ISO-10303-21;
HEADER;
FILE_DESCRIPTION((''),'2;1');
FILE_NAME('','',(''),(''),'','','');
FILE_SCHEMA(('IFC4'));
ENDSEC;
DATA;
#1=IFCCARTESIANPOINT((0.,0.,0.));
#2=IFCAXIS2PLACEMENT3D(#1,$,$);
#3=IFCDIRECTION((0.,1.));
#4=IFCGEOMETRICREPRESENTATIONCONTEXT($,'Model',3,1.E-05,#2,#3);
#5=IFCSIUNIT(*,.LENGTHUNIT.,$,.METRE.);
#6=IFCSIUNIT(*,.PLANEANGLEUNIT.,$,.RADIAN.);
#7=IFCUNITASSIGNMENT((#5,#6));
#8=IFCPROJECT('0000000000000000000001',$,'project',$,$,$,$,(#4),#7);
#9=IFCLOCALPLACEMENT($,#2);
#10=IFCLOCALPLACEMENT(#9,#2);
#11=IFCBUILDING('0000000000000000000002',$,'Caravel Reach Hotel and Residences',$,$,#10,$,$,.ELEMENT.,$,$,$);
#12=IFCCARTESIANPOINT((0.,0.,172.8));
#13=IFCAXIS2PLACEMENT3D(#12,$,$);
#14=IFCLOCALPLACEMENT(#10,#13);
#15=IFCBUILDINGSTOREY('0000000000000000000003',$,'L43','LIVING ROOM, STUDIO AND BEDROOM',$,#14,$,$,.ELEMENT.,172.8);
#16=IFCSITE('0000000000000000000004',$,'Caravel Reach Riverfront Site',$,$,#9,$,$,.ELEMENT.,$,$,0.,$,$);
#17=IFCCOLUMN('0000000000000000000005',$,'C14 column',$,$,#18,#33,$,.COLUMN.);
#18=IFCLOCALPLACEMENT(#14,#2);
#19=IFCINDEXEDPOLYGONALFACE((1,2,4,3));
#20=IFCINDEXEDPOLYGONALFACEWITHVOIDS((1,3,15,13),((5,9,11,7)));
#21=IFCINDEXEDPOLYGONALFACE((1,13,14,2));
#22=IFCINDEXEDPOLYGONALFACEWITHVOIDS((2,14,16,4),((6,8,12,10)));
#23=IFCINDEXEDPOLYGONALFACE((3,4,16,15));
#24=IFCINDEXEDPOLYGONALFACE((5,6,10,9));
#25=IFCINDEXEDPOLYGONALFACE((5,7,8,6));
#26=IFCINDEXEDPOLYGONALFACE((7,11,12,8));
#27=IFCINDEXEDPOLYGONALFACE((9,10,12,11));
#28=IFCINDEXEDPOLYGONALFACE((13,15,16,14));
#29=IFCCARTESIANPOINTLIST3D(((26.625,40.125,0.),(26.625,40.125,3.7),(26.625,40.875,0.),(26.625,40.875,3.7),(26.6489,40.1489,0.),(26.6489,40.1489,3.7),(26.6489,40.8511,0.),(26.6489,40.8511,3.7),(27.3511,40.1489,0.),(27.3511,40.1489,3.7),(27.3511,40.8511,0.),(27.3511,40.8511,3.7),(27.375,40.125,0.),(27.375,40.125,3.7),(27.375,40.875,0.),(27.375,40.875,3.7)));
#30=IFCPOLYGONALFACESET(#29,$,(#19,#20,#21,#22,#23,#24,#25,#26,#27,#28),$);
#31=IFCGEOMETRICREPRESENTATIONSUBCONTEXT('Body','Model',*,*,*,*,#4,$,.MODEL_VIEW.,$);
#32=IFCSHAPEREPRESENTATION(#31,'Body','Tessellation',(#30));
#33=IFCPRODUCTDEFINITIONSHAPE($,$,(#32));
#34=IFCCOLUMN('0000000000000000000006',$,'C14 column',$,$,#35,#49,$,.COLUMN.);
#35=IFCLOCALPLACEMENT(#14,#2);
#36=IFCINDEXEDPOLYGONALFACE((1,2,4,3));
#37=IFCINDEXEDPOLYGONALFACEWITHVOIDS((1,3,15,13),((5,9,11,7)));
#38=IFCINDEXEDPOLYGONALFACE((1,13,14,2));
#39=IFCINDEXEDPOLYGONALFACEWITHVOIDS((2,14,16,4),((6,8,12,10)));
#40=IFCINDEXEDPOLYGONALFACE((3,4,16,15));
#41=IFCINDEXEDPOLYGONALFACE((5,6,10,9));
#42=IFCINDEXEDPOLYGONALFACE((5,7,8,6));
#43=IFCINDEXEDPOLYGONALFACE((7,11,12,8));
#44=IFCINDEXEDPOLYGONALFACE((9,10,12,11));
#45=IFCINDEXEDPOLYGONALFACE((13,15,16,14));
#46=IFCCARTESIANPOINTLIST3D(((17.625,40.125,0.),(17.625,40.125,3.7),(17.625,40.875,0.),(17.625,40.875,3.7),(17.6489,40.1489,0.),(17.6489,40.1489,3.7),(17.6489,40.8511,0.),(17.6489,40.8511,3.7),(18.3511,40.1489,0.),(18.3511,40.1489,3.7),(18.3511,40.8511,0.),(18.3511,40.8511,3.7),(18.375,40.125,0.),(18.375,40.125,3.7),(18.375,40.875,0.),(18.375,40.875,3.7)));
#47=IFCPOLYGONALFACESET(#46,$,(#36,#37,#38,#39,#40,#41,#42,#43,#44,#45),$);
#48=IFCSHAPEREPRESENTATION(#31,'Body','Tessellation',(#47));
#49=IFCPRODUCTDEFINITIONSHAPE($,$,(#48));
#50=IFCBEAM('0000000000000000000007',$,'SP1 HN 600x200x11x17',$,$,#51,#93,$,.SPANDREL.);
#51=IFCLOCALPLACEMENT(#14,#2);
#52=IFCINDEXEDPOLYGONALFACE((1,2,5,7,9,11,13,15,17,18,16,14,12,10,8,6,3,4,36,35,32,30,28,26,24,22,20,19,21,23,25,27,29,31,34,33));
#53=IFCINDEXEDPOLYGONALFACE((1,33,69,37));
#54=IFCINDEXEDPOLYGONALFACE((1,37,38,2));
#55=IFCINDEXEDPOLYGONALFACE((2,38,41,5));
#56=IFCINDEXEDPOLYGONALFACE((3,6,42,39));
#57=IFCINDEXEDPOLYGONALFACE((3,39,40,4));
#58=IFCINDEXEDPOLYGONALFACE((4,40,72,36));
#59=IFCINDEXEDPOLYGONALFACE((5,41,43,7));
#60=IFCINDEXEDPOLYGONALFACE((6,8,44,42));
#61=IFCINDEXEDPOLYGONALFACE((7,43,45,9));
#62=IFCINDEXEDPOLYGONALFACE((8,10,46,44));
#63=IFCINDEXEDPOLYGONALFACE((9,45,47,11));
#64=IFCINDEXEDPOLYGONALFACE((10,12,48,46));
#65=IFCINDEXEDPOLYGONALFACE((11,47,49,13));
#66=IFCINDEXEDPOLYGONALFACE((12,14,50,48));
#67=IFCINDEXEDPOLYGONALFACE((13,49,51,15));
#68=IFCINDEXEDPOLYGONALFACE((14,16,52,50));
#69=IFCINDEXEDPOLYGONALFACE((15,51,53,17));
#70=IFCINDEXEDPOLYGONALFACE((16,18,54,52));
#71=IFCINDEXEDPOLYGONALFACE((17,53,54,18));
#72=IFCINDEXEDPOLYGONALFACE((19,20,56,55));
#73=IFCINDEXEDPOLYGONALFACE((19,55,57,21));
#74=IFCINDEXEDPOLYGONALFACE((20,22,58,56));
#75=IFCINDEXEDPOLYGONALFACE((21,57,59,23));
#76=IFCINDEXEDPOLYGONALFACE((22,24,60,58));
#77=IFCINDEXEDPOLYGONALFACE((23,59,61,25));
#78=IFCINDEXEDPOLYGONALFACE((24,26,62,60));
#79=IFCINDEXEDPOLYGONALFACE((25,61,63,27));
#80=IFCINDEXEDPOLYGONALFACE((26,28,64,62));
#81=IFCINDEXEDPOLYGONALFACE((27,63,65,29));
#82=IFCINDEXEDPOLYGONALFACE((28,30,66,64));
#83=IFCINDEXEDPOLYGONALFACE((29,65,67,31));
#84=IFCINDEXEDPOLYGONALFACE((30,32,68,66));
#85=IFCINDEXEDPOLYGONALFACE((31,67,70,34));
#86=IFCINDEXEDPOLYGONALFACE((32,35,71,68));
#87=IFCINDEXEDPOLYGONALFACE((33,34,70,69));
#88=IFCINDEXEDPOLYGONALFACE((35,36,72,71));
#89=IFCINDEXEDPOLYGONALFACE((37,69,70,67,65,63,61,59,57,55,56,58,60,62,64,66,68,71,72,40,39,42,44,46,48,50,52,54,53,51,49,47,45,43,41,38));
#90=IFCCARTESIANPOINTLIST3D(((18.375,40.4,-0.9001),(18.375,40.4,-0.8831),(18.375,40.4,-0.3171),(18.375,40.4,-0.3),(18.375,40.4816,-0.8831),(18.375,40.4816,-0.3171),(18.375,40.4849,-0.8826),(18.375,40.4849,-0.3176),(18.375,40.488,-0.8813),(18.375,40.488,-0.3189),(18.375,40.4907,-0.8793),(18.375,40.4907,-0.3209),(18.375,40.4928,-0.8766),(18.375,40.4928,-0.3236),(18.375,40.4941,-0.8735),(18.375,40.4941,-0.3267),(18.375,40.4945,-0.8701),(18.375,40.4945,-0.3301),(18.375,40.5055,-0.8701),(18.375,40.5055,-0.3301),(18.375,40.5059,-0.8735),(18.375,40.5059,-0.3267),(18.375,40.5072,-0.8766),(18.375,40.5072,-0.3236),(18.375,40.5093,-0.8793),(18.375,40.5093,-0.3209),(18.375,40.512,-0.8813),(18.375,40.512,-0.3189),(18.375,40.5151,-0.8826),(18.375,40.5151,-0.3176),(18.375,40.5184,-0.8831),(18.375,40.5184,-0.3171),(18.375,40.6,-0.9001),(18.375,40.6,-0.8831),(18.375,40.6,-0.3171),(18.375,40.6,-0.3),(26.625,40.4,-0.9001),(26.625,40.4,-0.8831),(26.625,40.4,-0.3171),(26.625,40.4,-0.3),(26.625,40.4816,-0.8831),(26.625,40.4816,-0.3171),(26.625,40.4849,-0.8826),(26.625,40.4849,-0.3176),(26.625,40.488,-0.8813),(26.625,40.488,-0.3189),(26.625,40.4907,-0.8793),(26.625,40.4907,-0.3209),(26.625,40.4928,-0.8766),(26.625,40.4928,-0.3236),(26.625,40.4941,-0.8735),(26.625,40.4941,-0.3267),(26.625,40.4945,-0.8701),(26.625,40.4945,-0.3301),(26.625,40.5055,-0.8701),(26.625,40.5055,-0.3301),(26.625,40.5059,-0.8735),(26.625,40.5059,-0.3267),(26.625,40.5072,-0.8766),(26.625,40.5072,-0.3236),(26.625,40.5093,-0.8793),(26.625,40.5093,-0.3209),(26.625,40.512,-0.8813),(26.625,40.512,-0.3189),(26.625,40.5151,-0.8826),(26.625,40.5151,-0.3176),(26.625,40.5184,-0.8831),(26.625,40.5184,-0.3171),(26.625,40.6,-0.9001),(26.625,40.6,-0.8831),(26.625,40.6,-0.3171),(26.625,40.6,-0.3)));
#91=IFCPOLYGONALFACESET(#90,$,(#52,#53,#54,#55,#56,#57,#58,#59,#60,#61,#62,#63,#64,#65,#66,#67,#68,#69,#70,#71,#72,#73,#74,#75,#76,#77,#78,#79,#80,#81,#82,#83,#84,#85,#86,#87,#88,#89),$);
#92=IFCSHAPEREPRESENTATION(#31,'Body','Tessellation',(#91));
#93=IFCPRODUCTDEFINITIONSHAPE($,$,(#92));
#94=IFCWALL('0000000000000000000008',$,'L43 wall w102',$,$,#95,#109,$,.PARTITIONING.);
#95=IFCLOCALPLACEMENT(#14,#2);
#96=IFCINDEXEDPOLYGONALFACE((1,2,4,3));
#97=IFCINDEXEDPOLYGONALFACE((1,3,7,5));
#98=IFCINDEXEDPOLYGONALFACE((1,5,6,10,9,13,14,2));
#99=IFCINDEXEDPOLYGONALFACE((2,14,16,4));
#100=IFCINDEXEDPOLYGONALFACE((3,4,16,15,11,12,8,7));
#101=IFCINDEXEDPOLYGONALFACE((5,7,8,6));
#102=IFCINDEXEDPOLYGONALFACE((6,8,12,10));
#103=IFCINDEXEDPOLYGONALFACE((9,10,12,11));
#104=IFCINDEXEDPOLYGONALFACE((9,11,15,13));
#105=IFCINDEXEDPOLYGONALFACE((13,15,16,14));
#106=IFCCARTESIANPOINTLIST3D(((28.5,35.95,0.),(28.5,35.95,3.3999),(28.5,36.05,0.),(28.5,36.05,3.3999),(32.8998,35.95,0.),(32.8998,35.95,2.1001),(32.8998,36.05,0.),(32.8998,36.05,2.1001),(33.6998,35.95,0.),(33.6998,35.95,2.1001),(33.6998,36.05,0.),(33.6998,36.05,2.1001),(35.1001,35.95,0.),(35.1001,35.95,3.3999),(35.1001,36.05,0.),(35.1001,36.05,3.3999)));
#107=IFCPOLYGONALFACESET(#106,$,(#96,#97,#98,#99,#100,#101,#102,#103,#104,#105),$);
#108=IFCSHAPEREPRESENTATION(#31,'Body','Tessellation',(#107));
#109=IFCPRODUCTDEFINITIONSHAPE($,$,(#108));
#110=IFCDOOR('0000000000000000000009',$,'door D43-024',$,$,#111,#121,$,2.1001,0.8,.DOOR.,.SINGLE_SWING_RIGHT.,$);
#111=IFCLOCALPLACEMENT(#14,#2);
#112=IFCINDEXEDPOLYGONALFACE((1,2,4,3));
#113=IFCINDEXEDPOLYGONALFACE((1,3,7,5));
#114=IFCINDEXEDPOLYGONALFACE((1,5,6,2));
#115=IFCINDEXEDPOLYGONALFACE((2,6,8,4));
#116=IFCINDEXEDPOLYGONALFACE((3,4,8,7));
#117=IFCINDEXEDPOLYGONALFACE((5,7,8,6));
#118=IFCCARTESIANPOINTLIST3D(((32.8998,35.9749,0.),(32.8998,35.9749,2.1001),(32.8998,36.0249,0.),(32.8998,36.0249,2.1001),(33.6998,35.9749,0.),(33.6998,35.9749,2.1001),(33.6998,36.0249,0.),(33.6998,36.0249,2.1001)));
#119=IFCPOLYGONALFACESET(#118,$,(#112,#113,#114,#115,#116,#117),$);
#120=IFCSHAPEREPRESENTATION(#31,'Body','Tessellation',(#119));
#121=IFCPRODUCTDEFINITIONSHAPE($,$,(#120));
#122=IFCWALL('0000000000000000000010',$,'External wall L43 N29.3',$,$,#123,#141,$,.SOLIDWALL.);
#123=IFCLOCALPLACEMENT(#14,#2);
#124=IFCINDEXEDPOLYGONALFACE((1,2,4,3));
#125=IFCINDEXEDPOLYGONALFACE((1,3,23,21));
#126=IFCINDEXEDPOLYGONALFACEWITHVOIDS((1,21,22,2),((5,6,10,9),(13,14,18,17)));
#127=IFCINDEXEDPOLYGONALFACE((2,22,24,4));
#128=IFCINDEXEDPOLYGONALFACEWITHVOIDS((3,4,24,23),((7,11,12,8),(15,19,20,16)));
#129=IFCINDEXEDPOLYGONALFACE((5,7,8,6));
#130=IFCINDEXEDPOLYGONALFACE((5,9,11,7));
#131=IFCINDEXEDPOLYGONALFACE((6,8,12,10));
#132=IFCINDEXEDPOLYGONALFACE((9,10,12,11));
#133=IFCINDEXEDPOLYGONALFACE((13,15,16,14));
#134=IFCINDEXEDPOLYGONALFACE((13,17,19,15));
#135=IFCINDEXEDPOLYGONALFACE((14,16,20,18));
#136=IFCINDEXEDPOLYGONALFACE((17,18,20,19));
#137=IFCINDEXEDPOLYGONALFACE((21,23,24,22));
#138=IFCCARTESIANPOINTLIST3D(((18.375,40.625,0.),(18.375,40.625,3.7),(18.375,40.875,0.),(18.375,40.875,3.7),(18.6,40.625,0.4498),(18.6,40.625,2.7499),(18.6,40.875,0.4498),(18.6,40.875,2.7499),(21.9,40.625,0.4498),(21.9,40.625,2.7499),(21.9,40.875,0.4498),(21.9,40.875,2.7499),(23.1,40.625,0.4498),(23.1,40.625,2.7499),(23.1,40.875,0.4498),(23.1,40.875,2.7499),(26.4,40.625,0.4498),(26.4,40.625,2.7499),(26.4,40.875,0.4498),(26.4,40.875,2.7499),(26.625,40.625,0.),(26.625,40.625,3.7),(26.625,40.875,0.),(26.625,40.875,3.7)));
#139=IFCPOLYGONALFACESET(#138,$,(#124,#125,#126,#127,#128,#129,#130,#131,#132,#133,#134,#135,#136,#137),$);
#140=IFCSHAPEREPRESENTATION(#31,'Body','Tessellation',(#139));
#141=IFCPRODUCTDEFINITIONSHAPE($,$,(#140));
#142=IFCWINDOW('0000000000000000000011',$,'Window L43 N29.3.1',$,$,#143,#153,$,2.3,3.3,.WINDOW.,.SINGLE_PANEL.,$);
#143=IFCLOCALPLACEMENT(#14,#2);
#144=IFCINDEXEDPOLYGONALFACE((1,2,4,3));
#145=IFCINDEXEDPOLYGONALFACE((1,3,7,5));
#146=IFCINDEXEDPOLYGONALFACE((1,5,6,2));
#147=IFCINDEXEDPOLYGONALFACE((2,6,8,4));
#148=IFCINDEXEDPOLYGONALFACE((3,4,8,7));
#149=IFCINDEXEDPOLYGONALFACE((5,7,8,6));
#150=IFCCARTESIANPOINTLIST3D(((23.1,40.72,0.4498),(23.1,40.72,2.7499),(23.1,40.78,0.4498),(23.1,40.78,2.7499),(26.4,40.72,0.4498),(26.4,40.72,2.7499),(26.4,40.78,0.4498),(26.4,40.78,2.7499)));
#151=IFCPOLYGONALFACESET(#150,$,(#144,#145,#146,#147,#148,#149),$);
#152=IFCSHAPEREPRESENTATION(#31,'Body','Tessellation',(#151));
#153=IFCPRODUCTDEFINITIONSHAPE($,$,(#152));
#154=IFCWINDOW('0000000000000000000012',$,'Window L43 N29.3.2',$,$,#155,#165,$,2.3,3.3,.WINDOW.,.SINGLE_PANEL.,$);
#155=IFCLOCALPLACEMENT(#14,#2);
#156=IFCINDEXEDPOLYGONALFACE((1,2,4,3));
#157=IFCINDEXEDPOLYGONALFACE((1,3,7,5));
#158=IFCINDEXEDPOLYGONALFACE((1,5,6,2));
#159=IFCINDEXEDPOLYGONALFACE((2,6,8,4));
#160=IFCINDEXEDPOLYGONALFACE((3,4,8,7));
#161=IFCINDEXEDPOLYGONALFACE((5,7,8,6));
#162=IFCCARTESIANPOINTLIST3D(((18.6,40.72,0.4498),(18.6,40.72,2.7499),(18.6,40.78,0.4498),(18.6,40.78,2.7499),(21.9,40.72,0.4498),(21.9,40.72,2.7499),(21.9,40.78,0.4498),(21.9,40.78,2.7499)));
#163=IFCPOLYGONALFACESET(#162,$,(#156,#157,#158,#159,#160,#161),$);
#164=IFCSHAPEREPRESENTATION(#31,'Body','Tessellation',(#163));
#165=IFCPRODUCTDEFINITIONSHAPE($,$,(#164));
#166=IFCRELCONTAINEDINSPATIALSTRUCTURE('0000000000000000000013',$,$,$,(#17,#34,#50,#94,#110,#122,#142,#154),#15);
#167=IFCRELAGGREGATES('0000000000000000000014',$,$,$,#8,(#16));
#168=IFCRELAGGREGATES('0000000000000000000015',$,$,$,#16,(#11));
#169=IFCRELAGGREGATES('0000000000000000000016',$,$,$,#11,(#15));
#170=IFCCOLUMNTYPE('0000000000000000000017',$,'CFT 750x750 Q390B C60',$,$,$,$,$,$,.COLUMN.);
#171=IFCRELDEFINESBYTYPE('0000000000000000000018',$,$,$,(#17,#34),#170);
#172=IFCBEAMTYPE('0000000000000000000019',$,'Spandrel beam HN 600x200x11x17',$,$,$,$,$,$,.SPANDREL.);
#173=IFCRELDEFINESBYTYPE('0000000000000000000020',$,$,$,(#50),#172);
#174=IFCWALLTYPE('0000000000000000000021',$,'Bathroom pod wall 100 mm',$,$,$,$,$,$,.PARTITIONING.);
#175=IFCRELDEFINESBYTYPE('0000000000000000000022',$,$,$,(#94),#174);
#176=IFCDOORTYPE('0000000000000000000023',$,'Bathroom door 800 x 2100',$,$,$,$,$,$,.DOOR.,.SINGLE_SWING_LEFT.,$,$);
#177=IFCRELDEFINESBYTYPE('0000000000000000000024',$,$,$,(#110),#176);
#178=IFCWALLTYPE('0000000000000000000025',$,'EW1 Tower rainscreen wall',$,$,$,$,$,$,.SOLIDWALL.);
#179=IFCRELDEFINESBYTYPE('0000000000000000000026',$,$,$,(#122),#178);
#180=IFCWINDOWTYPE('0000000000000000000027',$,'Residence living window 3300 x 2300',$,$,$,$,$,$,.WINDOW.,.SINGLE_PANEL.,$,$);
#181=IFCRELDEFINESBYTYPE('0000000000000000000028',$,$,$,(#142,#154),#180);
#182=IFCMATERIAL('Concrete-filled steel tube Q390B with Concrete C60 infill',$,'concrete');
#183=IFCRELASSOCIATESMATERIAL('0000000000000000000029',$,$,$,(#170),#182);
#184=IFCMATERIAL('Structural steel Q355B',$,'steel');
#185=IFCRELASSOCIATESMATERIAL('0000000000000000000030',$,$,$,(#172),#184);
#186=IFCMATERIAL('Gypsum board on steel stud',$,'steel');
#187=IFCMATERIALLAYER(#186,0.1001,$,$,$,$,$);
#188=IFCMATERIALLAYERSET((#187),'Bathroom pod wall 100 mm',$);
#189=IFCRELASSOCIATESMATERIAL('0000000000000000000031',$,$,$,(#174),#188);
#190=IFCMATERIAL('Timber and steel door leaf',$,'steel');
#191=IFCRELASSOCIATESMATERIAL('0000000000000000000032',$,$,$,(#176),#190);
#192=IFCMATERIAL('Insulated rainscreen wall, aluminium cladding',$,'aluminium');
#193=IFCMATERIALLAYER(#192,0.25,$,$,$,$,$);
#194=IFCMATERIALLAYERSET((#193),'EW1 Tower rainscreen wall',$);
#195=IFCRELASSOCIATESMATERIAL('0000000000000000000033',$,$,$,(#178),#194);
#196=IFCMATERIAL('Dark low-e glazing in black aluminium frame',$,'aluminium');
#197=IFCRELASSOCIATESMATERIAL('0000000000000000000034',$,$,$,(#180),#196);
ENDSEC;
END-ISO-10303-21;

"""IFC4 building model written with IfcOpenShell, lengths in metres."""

from ifc_helpers import new_model, si_unit, direction, frame, frame_2d, origin, origin_2d, place, context, subcontext, project, spatial, rectangle, hollow_rectangle, i_section, extrude, material, layer, layer_set, material_profile, profile_set, type_object, element, fill, save


model = new_model("IFC4")

# Units and contexts
model_context = context("Model", 3, precision=1e-05, world=origin(), true_north=direction((0.0, 1.0)))
body_context = subcontext(model_context, "Body", "Model", "MODEL_VIEW")
ifc_project = project(units=[si_unit("LENGTHUNIT", "METRE"), si_unit("PLANEANGLEUNIT", "RADIAN")], contexts=[model_context])

# Site, building, storey
site_placement = place(None, origin())
site = spatial("IfcSite", under=ifc_project, at=site_placement, Name="Caravel Reach Riverfront Site", CompositionType="ELEMENT", RefElevation=0.0)
building_placement = place(site_placement, origin())
building = spatial("IfcBuilding", under=site, at=building_placement, Name="Caravel Reach Hotel and Residences", CompositionType="ELEMENT")
storey_placement = place(building_placement, frame((0.0, 0.0, 172.8)))
storey = spatial("IfcBuildingStorey", under=building, at=storey_placement, Name="L43", Description="LIVING ROOM, STUDIO AND BEDROOM", CompositionType="ELEMENT", Elevation=172.8)

# Columns
ifc_material_1 = material(Name="Concrete-filled steel tube Q390B with Concrete C60 infill", Category="concrete")
ifc_material_profile_1 = material_profile(ifc_material_1, hollow_rectangle(XDim=0.75, YDim=0.75, WallThickness=0.0239, at=origin_2d()), Name="RHS 750x750x24")
ifc_profile_set_1 = profile_set([ifc_material_profile_1], Name="Concrete-filled steel tube Q390B with Concrete C60 infill")
column_type = type_object("IfcColumnType", Name="CFT 750x750 Q390B C60", PredefinedType="COLUMN", material=ifc_profile_set_1)
for number, where, z_axis, x_axis, name in (
    (1, (27.0, 40.5, 0.0), (0.0, 0.0, 1.0), (1.0, 0.0, 0.0), "C14 column"),
    (2, (18.0, 40.5, 0.0), (0.0, 0.0, 1.0), (1.0, 0.0, 0.0), "C14 column"),
):
    element("IfcColumn", number, at=place(storey_placement, frame(where, z_axis=z_axis, x_axis=x_axis)), inside=storey, type_object=column_type, Name=name, PredefinedType="COLUMN", context=body_context, shape_type="SweptSolid", body=[
        extrude(hollow_rectangle(XDim=0.75, YDim=0.75, WallThickness=0.0239, at=origin_2d()), origin(), (0.0, 0.0, 1.0), 3.7),
    ])

# Beam
ifc_material_2 = material(Name="Structural steel Q355B", Category="steel")
ifc_material_profile_2 = material_profile(ifc_material_2, i_section(OverallWidth=0.2, OverallDepth=0.6001, WebThickness=0.011, FlangeThickness=0.0171, FilletRadius=0.0129, at=origin_2d()), Name="HN 600x200x11x17")
ifc_profile_set_2 = profile_set([ifc_material_profile_2], Name="Structural steel Q355B")
beam_type = type_object("IfcBeamType", Name="Spandrel beam HN 600x200x11x17", PredefinedType="SPANDREL", material=ifc_profile_set_2)
beam_placement = place(storey_placement, frame((26.625, 40.5, -0.6001), z_axis=(-1.0, 0.0, 0.0), x_axis=(0.0, -1.0, 0.0)))
element("IfcBeam", 3, at=beam_placement, inside=storey, type_object=beam_type, Name="SP1 HN 600x200x11x17", PredefinedType="SPANDREL", context=body_context, shape_type="SweptSolid", body=[
    extrude(i_section(OverallWidth=0.2, OverallDepth=0.6001, WebThickness=0.011, FlangeThickness=0.0171, FilletRadius=0.0129, at=origin_2d()), origin(), (0.0, 0.0, 1.0), 8.25),
])

# Wall, opening, door
ifc_material_3 = material(Name="Gypsum board on steel stud", Category="steel")
ifc_layer_1 = layer(ifc_material_3, 0.1001)
ifc_layer_set_1 = layer_set([ifc_layer_1], Name="Bathroom pod wall 100 mm")
wall_type_1 = type_object("IfcWallType", Name="Bathroom pod wall 100 mm", PredefinedType="PARTITIONING", material=ifc_layer_set_1)
wall_1_placement = place(storey_placement, frame((28.5, 36.0, 0.0), z_axis=(0.0, 0.0, 1.0), x_axis=(1.0, 0.0, 0.0)))
wall_1 = element("IfcWall", 4, at=wall_1_placement, inside=storey, type_object=wall_type_1, Name="L43 wall w102", PredefinedType="PARTITIONING", context=body_context, shape_type="SweptSolid", body=[
    extrude(rectangle(XDim=6.6001, YDim=0.1001, at=frame_2d((3.3, 0.0))), origin(), (0.0, 0.0, 1.0), 3.3999),
])
opening_1_placement = place(wall_1_placement, frame((4.3999, 0.0, 0.0)))
opening_1 = element("IfcOpeningElement", 5, at=opening_1_placement, cuts=wall_1, PredefinedType="OPENING", context=body_context, shape_type="SweptSolid", body=[
    extrude(rectangle(XDim=0.8, YDim=2.1001, at=frame_2d((0.3999, 1.05))), frame((0.0, 0.0601, 0.0), z_axis=(0.0, -1.0, 0.0), x_axis=(1.0, 0.0, 0.0)), (0.0, 0.0, 1.0), 0.1201),
])
ifc_material_4 = material(Name="Timber and steel door leaf", Category="steel")
door_type_1 = type_object("IfcDoorType", Name="Bathroom door 800 x 2100", OperationType="SINGLE_SWING_LEFT", PredefinedType="DOOR", material=ifc_material_4)
door_1_placement = place(opening_1_placement, origin())
door_1 = element("IfcDoor", 6, at=door_1_placement, inside=storey, type_object=door_type_1, Name="door D43-024", OperationType="SINGLE_SWING_RIGHT", OverallHeight=2.1001, OverallWidth=0.8, PredefinedType="DOOR", context=body_context, shape_type="SweptSolid", body=[
    extrude(rectangle(XDim=0.8, YDim=2.1001, at=frame_2d((0.3999, 1.05))), frame((0.0, 0.0249, 0.0), z_axis=(0.0, -1.0, 0.0), x_axis=(1.0, 0.0, 0.0)), (0.0, 0.0, 1.0), 0.05),
])
fill(opening_1, door_1)

# Wall, openings, windows
ifc_material_5 = material(Name="Insulated rainscreen wall, aluminium cladding", Category="aluminium")
ifc_layer_2 = layer(ifc_material_5, 0.25)
ifc_layer_set_2 = layer_set([ifc_layer_2], Name="EW1 Tower rainscreen wall")
wall_type_2 = type_object("IfcWallType", Name="EW1 Tower rainscreen wall", PredefinedType="SOLIDWALL", material=ifc_layer_set_2)
wall_2_placement = place(storey_placement, frame((26.625, 40.75, 0.0), z_axis=(0.0, 0.0, 1.0), x_axis=(-1.0, 0.0, 0.0)))
wall_2 = element("IfcWall", 7, at=wall_2_placement, inside=storey, type_object=wall_type_2, Name="External wall L43 N29.3", PredefinedType="SOLIDWALL", context=body_context, shape_type="SweptSolid", body=[
    extrude(rectangle(XDim=8.25, YDim=0.25, at=frame_2d((4.125, 0.0))), origin(), (0.0, 0.0, 1.0), 3.7),
])
opening_2_placement = place(wall_2_placement, frame((0.2251, 0.0, 0.45)))
opening_2 = element("IfcOpeningElement", 8, at=opening_2_placement, cuts=wall_2, PredefinedType="OPENING", context=body_context, shape_type="SweptSolid", body=[
    extrude(rectangle(XDim=3.3, YDim=2.3, at=frame_2d((1.6499, 1.1499))), frame((0.0, 0.135, 0.0), z_axis=(0.0, -1.0, 0.0), x_axis=(1.0, 0.0, 0.0)), (0.0, 0.0, 1.0), 0.27),
])
opening_3_placement = place(wall_2_placement, frame((4.7251, 0.0, 0.45)))
opening_3 = element("IfcOpeningElement", 9, at=opening_3_placement, cuts=wall_2, PredefinedType="OPENING", context=body_context, shape_type="SweptSolid", body=[
    extrude(rectangle(XDim=3.3, YDim=2.3, at=frame_2d((1.6499, 1.1499))), frame((0.0, 0.135, 0.0), z_axis=(0.0, -1.0, 0.0), x_axis=(1.0, 0.0, 0.0)), (0.0, 0.0, 1.0), 0.27),
])
ifc_material_6 = material(Name="Dark low-e glazing in black aluminium frame", Category="aluminium")
window_type = type_object("IfcWindowType", Name="Residence living window 3300 x 2300", PartitioningType="SINGLE_PANEL", PredefinedType="WINDOW", material=ifc_material_6)
window_1_placement = place(opening_2_placement, origin())
window_1 = element("IfcWindow", 10, at=window_1_placement, inside=storey, type_object=window_type, Name="Window L43 N29.3.1", OverallHeight=2.3, OverallWidth=3.3, PartitioningType="SINGLE_PANEL", PredefinedType="WINDOW", context=body_context, shape_type="SweptSolid", body=[
    extrude(rectangle(XDim=3.3, YDim=2.3, at=frame_2d((1.6499, 1.1499))), frame((0.0, 0.03, 0.0), z_axis=(0.0, -1.0, 0.0), x_axis=(1.0, 0.0, 0.0)), (0.0, 0.0, 1.0), 0.0601),
])
fill(opening_2, window_1)
window_2_placement = place(opening_3_placement, origin())
window_2 = element("IfcWindow", 11, at=window_2_placement, inside=storey, type_object=window_type, Name="Window L43 N29.3.2", OverallHeight=2.3, OverallWidth=3.3, PartitioningType="SINGLE_PANEL", PredefinedType="WINDOW", context=body_context, shape_type="SweptSolid", body=[
    extrude(rectangle(XDim=3.3, YDim=2.3, at=frame_2d((1.6499, 1.1499))), frame((0.0, 0.03, 0.0), z_axis=(0.0, -1.0, 0.0), x_axis=(1.0, 0.0, 0.0)), (0.0, 0.0, 1.0), 0.0601),
])
fill(opening_3, window_2)

save(model, "model.ifc")
